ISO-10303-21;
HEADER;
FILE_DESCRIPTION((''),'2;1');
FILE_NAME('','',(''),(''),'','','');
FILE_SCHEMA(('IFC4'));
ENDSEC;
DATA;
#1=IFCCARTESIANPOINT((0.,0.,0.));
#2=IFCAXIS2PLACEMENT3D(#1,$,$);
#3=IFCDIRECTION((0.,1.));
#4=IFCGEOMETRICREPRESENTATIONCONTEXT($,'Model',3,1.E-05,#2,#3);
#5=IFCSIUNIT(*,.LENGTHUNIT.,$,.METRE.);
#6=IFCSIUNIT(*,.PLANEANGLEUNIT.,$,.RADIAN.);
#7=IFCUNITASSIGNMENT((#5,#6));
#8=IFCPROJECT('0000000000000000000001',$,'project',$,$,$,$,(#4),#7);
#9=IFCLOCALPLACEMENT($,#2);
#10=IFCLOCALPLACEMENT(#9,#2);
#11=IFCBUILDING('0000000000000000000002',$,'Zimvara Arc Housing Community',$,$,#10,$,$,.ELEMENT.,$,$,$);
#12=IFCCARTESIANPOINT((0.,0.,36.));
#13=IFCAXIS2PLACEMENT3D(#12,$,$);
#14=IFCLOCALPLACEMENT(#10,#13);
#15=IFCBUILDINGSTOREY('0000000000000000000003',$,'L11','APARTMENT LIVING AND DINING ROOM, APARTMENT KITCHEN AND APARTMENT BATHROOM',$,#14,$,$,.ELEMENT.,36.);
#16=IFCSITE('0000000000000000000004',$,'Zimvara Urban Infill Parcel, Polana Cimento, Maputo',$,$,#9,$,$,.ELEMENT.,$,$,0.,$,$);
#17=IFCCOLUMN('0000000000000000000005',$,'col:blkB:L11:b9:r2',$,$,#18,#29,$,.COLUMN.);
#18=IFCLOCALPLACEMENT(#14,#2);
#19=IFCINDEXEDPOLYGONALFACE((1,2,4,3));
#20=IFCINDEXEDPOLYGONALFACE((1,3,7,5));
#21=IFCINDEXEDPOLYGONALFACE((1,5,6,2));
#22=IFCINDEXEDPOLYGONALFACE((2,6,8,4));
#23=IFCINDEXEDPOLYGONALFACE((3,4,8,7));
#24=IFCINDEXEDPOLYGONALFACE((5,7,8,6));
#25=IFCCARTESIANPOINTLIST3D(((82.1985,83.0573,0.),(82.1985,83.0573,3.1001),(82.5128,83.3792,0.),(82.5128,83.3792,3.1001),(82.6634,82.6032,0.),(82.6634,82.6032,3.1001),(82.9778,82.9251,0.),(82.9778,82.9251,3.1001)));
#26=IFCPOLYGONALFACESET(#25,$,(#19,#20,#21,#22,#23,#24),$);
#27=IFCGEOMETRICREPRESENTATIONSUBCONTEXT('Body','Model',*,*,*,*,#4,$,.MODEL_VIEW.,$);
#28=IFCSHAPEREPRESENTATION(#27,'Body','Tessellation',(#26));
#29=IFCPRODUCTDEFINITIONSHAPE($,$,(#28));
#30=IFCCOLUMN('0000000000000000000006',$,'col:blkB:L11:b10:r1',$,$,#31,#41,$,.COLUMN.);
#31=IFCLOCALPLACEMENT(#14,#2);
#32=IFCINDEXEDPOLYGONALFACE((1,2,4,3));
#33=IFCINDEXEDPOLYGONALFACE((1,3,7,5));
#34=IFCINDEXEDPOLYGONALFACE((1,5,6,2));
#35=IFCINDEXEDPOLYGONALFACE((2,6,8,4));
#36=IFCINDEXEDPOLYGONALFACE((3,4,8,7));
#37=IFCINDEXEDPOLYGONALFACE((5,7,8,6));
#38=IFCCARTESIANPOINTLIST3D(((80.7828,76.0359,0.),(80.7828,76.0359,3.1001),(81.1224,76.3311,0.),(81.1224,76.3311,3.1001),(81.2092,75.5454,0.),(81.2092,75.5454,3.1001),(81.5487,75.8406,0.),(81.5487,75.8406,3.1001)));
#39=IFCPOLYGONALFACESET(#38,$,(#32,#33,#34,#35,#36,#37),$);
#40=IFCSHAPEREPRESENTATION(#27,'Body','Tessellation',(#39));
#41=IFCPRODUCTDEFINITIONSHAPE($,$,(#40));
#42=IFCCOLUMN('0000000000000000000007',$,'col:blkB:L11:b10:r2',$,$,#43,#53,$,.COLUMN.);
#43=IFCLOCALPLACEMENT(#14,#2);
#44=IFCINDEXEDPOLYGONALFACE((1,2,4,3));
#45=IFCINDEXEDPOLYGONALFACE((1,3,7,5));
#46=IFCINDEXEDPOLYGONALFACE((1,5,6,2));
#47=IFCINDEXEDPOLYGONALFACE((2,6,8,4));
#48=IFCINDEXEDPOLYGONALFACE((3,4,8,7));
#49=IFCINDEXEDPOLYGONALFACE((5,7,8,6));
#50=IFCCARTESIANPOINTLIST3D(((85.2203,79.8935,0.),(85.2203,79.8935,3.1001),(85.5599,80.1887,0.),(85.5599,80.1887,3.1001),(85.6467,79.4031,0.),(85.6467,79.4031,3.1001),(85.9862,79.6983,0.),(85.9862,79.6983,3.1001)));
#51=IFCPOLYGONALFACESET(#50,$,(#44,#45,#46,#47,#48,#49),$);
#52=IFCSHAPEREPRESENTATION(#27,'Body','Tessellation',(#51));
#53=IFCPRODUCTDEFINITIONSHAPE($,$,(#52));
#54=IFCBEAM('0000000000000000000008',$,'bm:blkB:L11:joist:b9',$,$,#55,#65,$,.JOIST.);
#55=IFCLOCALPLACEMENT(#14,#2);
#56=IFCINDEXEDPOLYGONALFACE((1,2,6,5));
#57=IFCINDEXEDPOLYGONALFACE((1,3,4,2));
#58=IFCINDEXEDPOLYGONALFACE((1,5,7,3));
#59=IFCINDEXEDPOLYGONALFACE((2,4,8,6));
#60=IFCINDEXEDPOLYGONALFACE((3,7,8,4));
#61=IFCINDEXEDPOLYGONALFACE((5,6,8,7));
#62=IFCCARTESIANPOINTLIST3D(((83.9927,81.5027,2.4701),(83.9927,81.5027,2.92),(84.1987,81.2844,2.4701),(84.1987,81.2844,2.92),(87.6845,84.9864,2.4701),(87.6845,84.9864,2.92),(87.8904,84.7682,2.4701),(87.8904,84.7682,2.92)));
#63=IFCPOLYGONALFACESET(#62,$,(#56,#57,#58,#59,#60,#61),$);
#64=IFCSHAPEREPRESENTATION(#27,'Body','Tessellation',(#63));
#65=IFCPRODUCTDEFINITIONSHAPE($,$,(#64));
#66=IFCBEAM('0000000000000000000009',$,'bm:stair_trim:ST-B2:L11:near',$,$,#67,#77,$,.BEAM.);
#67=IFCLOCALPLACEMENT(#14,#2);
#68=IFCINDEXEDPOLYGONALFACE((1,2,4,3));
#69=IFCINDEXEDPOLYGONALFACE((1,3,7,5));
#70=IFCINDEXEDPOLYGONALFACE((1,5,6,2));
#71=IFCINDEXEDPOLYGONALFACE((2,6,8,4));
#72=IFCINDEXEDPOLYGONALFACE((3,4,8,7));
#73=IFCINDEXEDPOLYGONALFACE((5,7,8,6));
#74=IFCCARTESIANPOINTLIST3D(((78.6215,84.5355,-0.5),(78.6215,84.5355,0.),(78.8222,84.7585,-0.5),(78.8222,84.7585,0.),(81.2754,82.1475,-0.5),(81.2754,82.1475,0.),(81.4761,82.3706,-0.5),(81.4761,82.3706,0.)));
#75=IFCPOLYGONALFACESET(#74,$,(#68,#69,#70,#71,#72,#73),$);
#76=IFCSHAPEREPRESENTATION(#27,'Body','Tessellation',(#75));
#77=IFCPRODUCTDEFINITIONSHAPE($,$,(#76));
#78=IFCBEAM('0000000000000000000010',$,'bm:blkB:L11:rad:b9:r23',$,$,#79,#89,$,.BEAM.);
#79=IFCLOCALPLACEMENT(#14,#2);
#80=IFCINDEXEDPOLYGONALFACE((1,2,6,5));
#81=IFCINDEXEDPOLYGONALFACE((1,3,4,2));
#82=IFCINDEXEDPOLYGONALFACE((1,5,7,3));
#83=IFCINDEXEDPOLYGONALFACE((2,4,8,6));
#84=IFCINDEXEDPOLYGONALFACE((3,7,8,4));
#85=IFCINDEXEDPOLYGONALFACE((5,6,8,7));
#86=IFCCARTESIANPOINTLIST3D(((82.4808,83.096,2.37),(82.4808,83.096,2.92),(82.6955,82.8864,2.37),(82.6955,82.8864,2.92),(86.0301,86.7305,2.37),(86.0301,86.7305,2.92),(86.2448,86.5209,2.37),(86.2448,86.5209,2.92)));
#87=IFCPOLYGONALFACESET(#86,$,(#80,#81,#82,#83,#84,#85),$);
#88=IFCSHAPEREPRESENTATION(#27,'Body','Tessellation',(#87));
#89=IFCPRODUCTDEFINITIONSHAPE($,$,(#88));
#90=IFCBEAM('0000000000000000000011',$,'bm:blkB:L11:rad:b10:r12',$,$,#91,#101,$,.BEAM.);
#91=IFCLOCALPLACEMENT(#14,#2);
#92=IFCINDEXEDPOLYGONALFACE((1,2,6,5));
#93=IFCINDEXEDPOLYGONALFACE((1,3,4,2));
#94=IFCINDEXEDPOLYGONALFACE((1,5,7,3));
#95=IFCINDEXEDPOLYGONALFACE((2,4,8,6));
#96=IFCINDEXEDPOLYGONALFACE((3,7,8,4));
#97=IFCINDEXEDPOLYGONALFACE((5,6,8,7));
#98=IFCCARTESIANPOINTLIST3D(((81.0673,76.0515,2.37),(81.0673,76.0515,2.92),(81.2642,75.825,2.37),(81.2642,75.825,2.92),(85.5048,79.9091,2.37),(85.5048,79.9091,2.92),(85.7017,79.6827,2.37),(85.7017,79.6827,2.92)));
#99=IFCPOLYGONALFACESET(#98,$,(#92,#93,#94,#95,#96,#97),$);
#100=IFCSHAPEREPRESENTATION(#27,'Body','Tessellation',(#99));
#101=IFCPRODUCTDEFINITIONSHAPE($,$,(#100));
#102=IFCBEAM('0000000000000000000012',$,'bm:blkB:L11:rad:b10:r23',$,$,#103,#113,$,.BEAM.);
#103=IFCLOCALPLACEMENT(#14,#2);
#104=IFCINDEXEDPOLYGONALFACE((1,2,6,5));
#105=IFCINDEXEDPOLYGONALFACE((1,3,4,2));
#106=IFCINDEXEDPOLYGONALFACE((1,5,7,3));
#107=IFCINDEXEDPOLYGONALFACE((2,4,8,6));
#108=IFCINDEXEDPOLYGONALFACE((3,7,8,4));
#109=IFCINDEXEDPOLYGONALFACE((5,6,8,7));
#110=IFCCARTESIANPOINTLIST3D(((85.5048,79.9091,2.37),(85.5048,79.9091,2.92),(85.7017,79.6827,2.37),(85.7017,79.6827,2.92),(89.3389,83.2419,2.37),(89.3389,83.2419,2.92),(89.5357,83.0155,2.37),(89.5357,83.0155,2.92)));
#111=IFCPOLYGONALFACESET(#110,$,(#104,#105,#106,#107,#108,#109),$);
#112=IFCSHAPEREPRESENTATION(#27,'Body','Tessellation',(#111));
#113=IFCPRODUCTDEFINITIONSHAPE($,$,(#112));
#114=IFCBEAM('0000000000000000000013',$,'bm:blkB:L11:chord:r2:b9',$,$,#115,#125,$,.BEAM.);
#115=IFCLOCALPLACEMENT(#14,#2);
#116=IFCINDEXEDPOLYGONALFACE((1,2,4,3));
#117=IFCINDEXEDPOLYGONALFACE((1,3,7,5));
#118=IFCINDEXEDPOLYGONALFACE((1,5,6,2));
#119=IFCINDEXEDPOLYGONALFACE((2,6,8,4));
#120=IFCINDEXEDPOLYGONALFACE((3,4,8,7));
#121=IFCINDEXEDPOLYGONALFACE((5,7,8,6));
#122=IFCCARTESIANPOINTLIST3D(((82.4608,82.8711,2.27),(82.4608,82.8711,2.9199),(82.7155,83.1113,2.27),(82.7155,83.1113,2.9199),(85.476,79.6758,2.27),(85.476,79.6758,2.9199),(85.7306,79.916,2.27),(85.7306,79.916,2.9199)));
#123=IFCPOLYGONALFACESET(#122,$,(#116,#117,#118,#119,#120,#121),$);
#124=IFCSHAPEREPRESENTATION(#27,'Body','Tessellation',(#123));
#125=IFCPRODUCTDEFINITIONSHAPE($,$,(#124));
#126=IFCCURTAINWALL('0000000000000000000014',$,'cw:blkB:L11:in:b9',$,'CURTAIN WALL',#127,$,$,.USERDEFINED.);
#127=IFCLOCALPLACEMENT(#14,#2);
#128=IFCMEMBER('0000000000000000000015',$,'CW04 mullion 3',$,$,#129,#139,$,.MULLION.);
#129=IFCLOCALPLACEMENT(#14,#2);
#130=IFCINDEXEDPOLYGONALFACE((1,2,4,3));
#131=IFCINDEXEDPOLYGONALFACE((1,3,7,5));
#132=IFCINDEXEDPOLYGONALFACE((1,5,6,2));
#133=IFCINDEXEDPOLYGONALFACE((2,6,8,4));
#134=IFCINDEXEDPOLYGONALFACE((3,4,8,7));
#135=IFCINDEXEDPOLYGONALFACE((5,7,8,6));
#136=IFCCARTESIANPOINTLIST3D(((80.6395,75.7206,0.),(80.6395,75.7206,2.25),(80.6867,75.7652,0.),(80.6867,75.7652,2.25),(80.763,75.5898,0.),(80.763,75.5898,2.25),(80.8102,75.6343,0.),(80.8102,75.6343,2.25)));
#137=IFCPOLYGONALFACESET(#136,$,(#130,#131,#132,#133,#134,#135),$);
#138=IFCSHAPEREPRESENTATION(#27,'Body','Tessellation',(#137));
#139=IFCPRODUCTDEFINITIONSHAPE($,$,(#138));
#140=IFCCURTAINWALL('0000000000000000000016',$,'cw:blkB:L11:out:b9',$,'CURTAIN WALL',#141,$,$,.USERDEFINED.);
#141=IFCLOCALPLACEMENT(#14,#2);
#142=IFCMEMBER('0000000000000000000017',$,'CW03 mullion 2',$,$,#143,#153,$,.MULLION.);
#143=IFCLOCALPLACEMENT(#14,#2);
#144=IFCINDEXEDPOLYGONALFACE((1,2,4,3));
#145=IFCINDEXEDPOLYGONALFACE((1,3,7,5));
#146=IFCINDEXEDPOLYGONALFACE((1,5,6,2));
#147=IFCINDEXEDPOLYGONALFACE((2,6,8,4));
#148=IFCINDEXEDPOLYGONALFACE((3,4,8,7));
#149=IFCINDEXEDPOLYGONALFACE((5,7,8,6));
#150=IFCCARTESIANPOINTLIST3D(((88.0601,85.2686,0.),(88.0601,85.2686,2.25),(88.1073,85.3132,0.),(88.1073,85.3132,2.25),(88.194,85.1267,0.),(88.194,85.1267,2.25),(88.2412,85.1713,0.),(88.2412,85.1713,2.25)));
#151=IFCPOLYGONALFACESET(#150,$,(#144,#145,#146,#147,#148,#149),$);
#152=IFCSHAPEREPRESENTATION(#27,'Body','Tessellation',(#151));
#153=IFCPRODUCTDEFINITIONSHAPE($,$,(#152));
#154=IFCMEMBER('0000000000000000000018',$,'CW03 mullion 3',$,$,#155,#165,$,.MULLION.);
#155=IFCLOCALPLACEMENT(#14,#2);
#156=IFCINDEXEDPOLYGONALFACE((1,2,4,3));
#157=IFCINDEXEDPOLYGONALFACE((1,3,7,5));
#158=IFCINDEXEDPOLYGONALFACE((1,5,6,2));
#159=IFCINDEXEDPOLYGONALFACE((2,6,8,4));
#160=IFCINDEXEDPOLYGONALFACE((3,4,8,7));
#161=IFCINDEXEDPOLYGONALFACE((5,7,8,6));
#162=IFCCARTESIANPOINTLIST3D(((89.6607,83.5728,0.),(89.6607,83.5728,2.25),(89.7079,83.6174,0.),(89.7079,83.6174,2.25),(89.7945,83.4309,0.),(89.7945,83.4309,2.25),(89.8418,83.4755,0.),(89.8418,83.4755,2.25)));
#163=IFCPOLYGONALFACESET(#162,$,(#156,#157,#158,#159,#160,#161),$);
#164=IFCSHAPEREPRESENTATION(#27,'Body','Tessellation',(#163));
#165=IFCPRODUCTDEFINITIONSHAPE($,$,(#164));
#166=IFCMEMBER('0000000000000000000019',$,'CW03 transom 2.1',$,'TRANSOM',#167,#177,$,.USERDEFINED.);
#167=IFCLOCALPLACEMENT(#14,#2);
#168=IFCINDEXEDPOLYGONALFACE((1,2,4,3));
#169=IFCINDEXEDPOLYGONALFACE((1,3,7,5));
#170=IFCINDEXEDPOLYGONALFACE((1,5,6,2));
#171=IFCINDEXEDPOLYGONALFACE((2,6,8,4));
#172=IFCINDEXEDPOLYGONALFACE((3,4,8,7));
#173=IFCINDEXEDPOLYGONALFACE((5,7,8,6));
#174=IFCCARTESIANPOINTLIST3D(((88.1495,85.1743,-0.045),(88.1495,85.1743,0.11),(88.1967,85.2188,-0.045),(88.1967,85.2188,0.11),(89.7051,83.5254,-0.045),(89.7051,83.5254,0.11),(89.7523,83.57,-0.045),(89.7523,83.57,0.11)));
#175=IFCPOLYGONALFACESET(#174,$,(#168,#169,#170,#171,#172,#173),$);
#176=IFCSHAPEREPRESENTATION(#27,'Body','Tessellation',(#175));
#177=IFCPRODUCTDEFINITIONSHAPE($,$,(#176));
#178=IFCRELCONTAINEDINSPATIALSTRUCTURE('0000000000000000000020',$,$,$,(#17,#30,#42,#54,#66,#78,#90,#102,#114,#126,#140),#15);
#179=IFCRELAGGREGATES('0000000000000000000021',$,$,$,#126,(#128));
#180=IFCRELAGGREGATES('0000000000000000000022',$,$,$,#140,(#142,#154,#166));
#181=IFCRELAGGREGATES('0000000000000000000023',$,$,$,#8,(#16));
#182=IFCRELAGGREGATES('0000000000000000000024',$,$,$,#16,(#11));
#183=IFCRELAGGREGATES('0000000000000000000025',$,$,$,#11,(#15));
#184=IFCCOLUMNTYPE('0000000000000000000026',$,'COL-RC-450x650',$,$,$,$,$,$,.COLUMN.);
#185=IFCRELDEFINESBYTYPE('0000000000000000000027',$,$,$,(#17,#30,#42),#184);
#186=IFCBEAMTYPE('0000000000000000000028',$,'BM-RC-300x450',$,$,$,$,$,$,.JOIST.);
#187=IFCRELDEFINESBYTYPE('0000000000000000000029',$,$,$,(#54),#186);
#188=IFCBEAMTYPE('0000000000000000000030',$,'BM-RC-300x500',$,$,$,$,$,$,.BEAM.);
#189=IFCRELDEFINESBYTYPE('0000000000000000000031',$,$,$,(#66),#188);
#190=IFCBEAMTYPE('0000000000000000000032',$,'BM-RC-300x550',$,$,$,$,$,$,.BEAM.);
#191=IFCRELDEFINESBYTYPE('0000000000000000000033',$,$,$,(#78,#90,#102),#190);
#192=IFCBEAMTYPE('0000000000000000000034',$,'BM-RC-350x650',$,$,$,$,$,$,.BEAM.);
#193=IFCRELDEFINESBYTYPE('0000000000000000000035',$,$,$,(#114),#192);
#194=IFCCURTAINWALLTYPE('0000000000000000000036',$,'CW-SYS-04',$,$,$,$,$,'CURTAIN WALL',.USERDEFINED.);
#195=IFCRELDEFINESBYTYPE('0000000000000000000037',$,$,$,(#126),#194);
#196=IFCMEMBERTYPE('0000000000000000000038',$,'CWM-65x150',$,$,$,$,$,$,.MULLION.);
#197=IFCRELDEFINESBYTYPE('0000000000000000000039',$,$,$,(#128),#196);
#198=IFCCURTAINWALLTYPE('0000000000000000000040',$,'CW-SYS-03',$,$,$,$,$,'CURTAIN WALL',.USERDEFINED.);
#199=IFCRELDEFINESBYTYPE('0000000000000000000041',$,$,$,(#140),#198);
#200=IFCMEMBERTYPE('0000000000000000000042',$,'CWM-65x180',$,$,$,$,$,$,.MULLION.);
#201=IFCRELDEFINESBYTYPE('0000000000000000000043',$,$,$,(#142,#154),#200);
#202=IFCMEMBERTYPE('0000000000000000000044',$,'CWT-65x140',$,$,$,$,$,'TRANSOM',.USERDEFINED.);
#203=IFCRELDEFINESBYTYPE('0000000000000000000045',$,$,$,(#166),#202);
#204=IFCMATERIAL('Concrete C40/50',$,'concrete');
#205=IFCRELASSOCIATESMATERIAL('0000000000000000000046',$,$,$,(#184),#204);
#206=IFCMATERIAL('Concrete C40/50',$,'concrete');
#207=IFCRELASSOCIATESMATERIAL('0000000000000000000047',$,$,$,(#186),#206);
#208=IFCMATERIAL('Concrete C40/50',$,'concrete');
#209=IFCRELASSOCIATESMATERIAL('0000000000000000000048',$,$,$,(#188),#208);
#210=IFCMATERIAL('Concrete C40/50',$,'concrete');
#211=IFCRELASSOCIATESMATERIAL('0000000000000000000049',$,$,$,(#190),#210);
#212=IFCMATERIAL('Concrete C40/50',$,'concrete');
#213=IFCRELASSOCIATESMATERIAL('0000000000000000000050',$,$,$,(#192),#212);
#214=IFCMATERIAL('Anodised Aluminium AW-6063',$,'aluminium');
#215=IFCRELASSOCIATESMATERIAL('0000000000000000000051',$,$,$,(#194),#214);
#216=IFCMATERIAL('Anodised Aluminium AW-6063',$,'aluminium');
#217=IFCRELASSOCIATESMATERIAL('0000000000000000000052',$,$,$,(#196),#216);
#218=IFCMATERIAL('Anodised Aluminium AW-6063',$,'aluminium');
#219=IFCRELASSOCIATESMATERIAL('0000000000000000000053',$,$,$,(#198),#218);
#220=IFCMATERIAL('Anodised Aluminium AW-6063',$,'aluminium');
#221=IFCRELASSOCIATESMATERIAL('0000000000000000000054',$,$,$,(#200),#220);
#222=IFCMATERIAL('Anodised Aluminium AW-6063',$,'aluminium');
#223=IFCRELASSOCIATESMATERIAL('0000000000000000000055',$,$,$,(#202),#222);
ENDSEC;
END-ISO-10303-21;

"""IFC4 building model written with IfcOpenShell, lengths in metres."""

from ifc_helpers import new_model, si_unit, direction, frame, origin, origin_2d, place, context, subcontext, project, spatial, rectangle, extrude, material, material_profile, profile_set, type_object, element, aggregate, save


model = new_model("IFC4")

# Units and contexts
model_context = context("Model", 3, precision=1e-05, world=origin(), true_north=direction((0.0, 1.0)))
body_context = subcontext(model_context, "Body", "Model", "MODEL_VIEW")
ifc_project = project(units=[si_unit("LENGTHUNIT", "METRE"), si_unit("PLANEANGLEUNIT", "RADIAN")], contexts=[model_context])

# Site, building, storey
site_placement = place(None, origin())
site = spatial("IfcSite", under=ifc_project, at=site_placement, Name="Zimvara Urban Infill Parcel, Polana Cimento, Maputo", CompositionType="ELEMENT", RefElevation=0.0)
building_placement = place(site_placement, origin())
building = spatial("IfcBuilding", under=site, at=building_placement, Name="Zimvara Arc Housing Community", CompositionType="ELEMENT")
storey_placement = place(building_placement, frame((0.0, 0.0, 36.0)))
storey = spatial("IfcBuildingStorey", under=building, at=storey_placement, Name="L11", Description="APARTMENT LIVING AND DINING ROOM, APARTMENT KITCHEN AND APARTMENT BATHROOM", CompositionType="ELEMENT", Elevation=36.0)

# Columns
ifc_material_1 = material(Name="Concrete C40/50", Category="concrete")
ifc_material_profile_1 = material_profile(ifc_material_1, rectangle(XDim=0.45, YDim=0.6499, at=origin_2d()), Name="RC 450x650")
ifc_profile_set_1 = profile_set([ifc_material_profile_1], Name="Concrete C40/50")
column_type_1 = type_object("IfcColumnType", Name="COL-RC-450x650", PredefinedType="COLUMN", material=ifc_profile_set_1)
for number, where, z_axis, x_axis, name in (
    (1, (82.5881, 82.9912, 0.0), (0.0, 0.0, 1.0), (0.698665, 0.715449, 0.0), "col:blkB:L11:b9:r2"),
    (2, (81.1658, 75.9382, 0.0), (0.0, 0.0, 1.0), (0.75471, 0.656059, 0.0), "col:blkB:L11:b10:r1"),
    (3, (85.6033, 79.7959, 0.0), (0.0, 0.0, 1.0), (0.75471, 0.656059, 0.0), "col:blkB:L11:b10:r2"),
):
    element("IfcColumn", number, at=place(storey_placement, frame(where, z_axis=z_axis, x_axis=x_axis)), inside=storey, type_object=column_type_1, Name=name, PredefinedType="COLUMN", context=body_context, shape_type="SweptSolid", body=[
        extrude(rectangle(XDim=0.45, YDim=0.6499, at=origin_2d()), origin(), (0.0, 0.0, 1.0), 3.1001),
    ])

# Beams
ifc_material_2 = material(Name="Concrete C40/50", Category="concrete")
ifc_material_profile_2 = material_profile(ifc_material_2, rectangle(XDim=0.3, YDim=0.45, at=origin_2d()), Name="RC 300x450")
ifc_profile_set_2 = profile_set([ifc_material_profile_2], Name="Concrete C40/50")
beam_type_1 = type_object("IfcBeamType", Name="BM-RC-300x450", PredefinedType="JOIST", material=ifc_profile_set_2)
beam_1_placement = place(storey_placement, frame((84.0957, 81.3936, 2.6951), z_axis=(0.7273, 0.68632, 0.0), x_axis=(-0.68632, 0.7273, 0.0)))
element("IfcBeam", 4, at=beam_1_placement, inside=storey, type_object=beam_type_1, Name="bm:blkB:L11:joist:b9", PredefinedType="JOIST", context=body_context, shape_type="SweptSolid", body=[
    extrude(rectangle(XDim=0.3, YDim=0.45, at=origin_2d()), origin(), (0.0, 0.0, 1.0), 5.0759),
])
ifc_material_3 = material(Name="Concrete C40/50", Category="concrete")
ifc_material_profile_3 = material_profile(ifc_material_3, rectangle(XDim=0.3, YDim=0.5, at=origin_2d()), Name="RC 300x500")
ifc_profile_set_3 = profile_set([ifc_material_profile_3], Name="Concrete C40/50")
beam_type_2 = type_object("IfcBeamType", Name="BM-RC-300x500", PredefinedType="BEAM", material=ifc_profile_set_3)
beam_2_placement = place(storey_placement, frame((81.3757, 82.259, -0.25), z_axis=(-0.743362, 0.668889, 0.0), x_axis=(-0.668889, -0.743362, 0.0)))
element("IfcBeam", 5, at=beam_2_placement, inside=storey, type_object=beam_type_2, Name="bm:stair_trim:ST-B2:L11:near", PredefinedType="BEAM", context=body_context, shape_type="SweptSolid", body=[
    extrude(rectangle(XDim=0.3, YDim=0.5, at=origin_2d()), origin(), (0.0, 0.0, 1.0), 3.5701),
])
ifc_material_4 = material(Name="Concrete C40/50", Category="concrete")
ifc_material_profile_4 = material_profile(ifc_material_4, rectangle(XDim=0.3, YDim=0.55, at=origin_2d()), Name="RC 300x550")
ifc_profile_set_4 = profile_set([ifc_material_profile_4], Name="Concrete C40/50")
beam_type_3 = type_object("IfcBeamType", Name="BM-RC-300x550", PredefinedType="BEAM", material=ifc_profile_set_4)
beam_3_placement = place(storey_placement, frame((82.5881, 82.9912, 2.645), z_axis=(0.698671, 0.715443, 0.0), x_axis=(-0.715443, 0.698671, 0.0)))
element("IfcBeam", 6, at=beam_3_placement, inside=storey, type_object=beam_type_3, Name="bm:blkB:L11:rad:b9:r23", PredefinedType="BEAM", context=body_context, shape_type="SweptSolid", body=[
    extrude(rectangle(XDim=0.3, YDim=0.55, at=origin_2d()), origin(), (0.0, 0.0, 1.0), 5.0801),
])
beam_4_placement = place(storey_placement, frame((81.1658, 75.9382, 2.645), z_axis=(0.754692, 0.656079, 0.0), x_axis=(-0.656079, 0.754692, 0.0)))
element("IfcBeam", 7, at=beam_4_placement, inside=storey, type_object=beam_type_3, Name="bm:blkB:L11:rad:b10:r12", PredefinedType="BEAM", context=body_context, shape_type="SweptSolid", body=[
    extrude(rectangle(XDim=0.3, YDim=0.55, at=origin_2d()), origin(), (0.0, 0.0, 1.0), 5.8799),
])
beam_5_placement = place(storey_placement, frame((85.6033, 79.7959, 2.645), z_axis=(0.754716, 0.656051, 0.0), x_axis=(-0.656051, 0.754716, 0.0)))
element("IfcBeam", 8, at=beam_5_placement, inside=storey, type_object=beam_type_3, Name="bm:blkB:L11:rad:b10:r23", PredefinedType="BEAM", context=body_context, shape_type="SweptSolid", body=[
    extrude(rectangle(XDim=0.3, YDim=0.55, at=origin_2d()), origin(), (0.0, 0.0, 1.0), 5.0801),
])
ifc_material_5 = material(Name="Concrete C40/50", Category="concrete")
ifc_material_profile_5 = material_profile(ifc_material_5, rectangle(XDim=0.3501, YDim=0.6499, at=origin_2d()), Name="RC 350x650")
ifc_profile_set_5 = profile_set([ifc_material_profile_5], Name="Concrete C40/50")
beam_type_4 = type_object("IfcBeamType", Name="BM-RC-350x650", PredefinedType="BEAM", material=ifc_profile_set_5)
beam_6_placement = place(storey_placement, frame((82.5881, 82.9912, 2.595), z_axis=(0.686304, -0.727315, 0.0), x_axis=(0.727315, 0.686304, 0.0)))
element("IfcBeam", 9, at=beam_6_placement, inside=storey, type_object=beam_type_4, Name="bm:blkB:L11:chord:r2:b9", PredefinedType="BEAM", context=body_context, shape_type="SweptSolid", body=[
    extrude(rectangle(XDim=0.3501, YDim=0.6499, at=origin_2d()), origin(), (0.0, 0.0, 1.0), 4.3933),
])

# Curtain wall, member
ifc_material_6 = material(Name="Anodised Aluminium AW-6063", Category="aluminium")
curtain_wall_type_1 = type_object("IfcCurtainWallType", Name="CW-SYS-04", ElementType="CURTAIN WALL", PredefinedType="USERDEFINED", material=ifc_material_6)
curtain_wall_1_placement = place(storey_placement, origin())
curtain_wall_1 = element("IfcCurtainWall", 10, at=curtain_wall_1_placement, inside=storey, type_object=curtain_wall_type_1, Name="cw:blkB:L11:in:b9", ObjectType="CURTAIN WALL", PredefinedType="USERDEFINED")
ifc_material_7 = material(Name="Anodised Aluminium AW-6063", Category="aluminium")
ifc_material_profile_6 = material_profile(ifc_material_7, rectangle(XDim=0.0649, YDim=0.1799, at=origin_2d()), Name="ALU 65x180")
ifc_profile_set_6 = profile_set([ifc_material_profile_6], Name="Anodised Aluminium AW-6063")
member_type_1 = type_object("IfcMemberType", Name="CWM-65x150", PredefinedType="MULLION", material=ifc_profile_set_6)
member_1_placement = place(storey_placement, frame((80.7249, 75.6775, 0.0), z_axis=(0.0, 0.0, 1.0), x_axis=(0.727294, 0.686326, 0.0)))
member_1 = element("IfcMember", 11, at=member_1_placement, type_object=member_type_1, Name="CW04 mullion 3", PredefinedType="MULLION", context=body_context, shape_type="SweptSolid", body=[
    extrude(rectangle(XDim=0.0649, YDim=0.1799, at=origin_2d()), origin(), (0.0, 0.0, 1.0), 2.25),
])
aggregate(curtain_wall_1, [member_1])

# Curtain wall, members
ifc_material_8 = material(Name="Anodised Aluminium AW-6063", Category="aluminium")
curtain_wall_type_2 = type_object("IfcCurtainWallType", Name="CW-SYS-03", ElementType="CURTAIN WALL", PredefinedType="USERDEFINED", material=ifc_material_8)
curtain_wall_2_placement = place(storey_placement, origin())
curtain_wall_2 = element("IfcCurtainWall", 12, at=curtain_wall_2_placement, inside=storey, type_object=curtain_wall_type_2, Name="cw:blkB:L11:out:b9", ObjectType="CURTAIN WALL", PredefinedType="USERDEFINED")
ifc_material_9 = material(Name="Anodised Aluminium AW-6063", Category="aluminium")
ifc_material_profile_7 = material_profile(ifc_material_9, rectangle(XDim=0.0649, YDim=0.1951, at=origin_2d()), Name="ALU 65x195")
ifc_profile_set_7 = profile_set([ifc_material_profile_7], Name="Anodised Aluminium AW-6063")
member_type_2 = type_object("IfcMemberType", Name="CWM-65x180", PredefinedType="MULLION", material=ifc_profile_set_7)
member_2_placement = place(storey_placement, frame((88.1506, 85.22, 0.0), z_axis=(0.0, 0.0, 1.0), x_axis=(0.727294, 0.686326, 0.0)))
member_2 = element("IfcMember", 13, at=member_2_placement, type_object=member_type_2, Name="CW03 mullion 2", PredefinedType="MULLION", context=body_context, shape_type="SweptSolid", body=[
    extrude(rectangle(XDim=0.0649, YDim=0.1951, at=origin_2d()), origin(), (0.0, 0.0, 1.0), 2.25),
])
member_3_placement = place(storey_placement, frame((89.7512, 83.5242, 0.0), z_axis=(0.0, 0.0, 1.0), x_axis=(0.727294, 0.686326, 0.0)))
member_3 = element("IfcMember", 14, at=member_3_placement, type_object=member_type_2, Name="CW03 mullion 3", PredefinedType="MULLION", context=body_context, shape_type="SweptSolid", body=[
    extrude(rectangle(XDim=0.0649, YDim=0.1951, at=origin_2d()), origin(), (0.0, 0.0, 1.0), 2.25),
])
ifc_material_10 = material(Name="Anodised Aluminium AW-6063", Category="aluminium")
ifc_material_profile_8 = material_profile(ifc_material_10, rectangle(XDim=0.0649, YDim=0.155, at=origin_2d()), Name="ALU 65x155")
ifc_profile_set_8 = profile_set([ifc_material_profile_8], Name="Anodised Aluminium AW-6063")
member_type_3 = type_object("IfcMemberType", Name="CWT-65x140", ElementType="TRANSOM", PredefinedType="USERDEFINED", material=ifc_profile_set_8)
member_4_placement = place(storey_placement, frame((88.1731, 85.1965, 0.0325), z_axis=(0.686238, -0.727377, 0.0), x_axis=(0.727377, 0.686238, 0.0)))
member_4 = element("IfcMember", 15, at=member_4_placement, type_object=member_type_3, Name="CW03 transom 2.1", ObjectType="TRANSOM", PredefinedType="USERDEFINED", context=body_context, shape_type="SweptSolid", body=[
    extrude(rectangle(XDim=0.0649, YDim=0.155, at=origin_2d()), origin(), (0.0, 0.0, 1.0), 2.2668),
])
aggregate(curtain_wall_2, [member_2, member_3, member_4])

save(model, "model.ifc")
